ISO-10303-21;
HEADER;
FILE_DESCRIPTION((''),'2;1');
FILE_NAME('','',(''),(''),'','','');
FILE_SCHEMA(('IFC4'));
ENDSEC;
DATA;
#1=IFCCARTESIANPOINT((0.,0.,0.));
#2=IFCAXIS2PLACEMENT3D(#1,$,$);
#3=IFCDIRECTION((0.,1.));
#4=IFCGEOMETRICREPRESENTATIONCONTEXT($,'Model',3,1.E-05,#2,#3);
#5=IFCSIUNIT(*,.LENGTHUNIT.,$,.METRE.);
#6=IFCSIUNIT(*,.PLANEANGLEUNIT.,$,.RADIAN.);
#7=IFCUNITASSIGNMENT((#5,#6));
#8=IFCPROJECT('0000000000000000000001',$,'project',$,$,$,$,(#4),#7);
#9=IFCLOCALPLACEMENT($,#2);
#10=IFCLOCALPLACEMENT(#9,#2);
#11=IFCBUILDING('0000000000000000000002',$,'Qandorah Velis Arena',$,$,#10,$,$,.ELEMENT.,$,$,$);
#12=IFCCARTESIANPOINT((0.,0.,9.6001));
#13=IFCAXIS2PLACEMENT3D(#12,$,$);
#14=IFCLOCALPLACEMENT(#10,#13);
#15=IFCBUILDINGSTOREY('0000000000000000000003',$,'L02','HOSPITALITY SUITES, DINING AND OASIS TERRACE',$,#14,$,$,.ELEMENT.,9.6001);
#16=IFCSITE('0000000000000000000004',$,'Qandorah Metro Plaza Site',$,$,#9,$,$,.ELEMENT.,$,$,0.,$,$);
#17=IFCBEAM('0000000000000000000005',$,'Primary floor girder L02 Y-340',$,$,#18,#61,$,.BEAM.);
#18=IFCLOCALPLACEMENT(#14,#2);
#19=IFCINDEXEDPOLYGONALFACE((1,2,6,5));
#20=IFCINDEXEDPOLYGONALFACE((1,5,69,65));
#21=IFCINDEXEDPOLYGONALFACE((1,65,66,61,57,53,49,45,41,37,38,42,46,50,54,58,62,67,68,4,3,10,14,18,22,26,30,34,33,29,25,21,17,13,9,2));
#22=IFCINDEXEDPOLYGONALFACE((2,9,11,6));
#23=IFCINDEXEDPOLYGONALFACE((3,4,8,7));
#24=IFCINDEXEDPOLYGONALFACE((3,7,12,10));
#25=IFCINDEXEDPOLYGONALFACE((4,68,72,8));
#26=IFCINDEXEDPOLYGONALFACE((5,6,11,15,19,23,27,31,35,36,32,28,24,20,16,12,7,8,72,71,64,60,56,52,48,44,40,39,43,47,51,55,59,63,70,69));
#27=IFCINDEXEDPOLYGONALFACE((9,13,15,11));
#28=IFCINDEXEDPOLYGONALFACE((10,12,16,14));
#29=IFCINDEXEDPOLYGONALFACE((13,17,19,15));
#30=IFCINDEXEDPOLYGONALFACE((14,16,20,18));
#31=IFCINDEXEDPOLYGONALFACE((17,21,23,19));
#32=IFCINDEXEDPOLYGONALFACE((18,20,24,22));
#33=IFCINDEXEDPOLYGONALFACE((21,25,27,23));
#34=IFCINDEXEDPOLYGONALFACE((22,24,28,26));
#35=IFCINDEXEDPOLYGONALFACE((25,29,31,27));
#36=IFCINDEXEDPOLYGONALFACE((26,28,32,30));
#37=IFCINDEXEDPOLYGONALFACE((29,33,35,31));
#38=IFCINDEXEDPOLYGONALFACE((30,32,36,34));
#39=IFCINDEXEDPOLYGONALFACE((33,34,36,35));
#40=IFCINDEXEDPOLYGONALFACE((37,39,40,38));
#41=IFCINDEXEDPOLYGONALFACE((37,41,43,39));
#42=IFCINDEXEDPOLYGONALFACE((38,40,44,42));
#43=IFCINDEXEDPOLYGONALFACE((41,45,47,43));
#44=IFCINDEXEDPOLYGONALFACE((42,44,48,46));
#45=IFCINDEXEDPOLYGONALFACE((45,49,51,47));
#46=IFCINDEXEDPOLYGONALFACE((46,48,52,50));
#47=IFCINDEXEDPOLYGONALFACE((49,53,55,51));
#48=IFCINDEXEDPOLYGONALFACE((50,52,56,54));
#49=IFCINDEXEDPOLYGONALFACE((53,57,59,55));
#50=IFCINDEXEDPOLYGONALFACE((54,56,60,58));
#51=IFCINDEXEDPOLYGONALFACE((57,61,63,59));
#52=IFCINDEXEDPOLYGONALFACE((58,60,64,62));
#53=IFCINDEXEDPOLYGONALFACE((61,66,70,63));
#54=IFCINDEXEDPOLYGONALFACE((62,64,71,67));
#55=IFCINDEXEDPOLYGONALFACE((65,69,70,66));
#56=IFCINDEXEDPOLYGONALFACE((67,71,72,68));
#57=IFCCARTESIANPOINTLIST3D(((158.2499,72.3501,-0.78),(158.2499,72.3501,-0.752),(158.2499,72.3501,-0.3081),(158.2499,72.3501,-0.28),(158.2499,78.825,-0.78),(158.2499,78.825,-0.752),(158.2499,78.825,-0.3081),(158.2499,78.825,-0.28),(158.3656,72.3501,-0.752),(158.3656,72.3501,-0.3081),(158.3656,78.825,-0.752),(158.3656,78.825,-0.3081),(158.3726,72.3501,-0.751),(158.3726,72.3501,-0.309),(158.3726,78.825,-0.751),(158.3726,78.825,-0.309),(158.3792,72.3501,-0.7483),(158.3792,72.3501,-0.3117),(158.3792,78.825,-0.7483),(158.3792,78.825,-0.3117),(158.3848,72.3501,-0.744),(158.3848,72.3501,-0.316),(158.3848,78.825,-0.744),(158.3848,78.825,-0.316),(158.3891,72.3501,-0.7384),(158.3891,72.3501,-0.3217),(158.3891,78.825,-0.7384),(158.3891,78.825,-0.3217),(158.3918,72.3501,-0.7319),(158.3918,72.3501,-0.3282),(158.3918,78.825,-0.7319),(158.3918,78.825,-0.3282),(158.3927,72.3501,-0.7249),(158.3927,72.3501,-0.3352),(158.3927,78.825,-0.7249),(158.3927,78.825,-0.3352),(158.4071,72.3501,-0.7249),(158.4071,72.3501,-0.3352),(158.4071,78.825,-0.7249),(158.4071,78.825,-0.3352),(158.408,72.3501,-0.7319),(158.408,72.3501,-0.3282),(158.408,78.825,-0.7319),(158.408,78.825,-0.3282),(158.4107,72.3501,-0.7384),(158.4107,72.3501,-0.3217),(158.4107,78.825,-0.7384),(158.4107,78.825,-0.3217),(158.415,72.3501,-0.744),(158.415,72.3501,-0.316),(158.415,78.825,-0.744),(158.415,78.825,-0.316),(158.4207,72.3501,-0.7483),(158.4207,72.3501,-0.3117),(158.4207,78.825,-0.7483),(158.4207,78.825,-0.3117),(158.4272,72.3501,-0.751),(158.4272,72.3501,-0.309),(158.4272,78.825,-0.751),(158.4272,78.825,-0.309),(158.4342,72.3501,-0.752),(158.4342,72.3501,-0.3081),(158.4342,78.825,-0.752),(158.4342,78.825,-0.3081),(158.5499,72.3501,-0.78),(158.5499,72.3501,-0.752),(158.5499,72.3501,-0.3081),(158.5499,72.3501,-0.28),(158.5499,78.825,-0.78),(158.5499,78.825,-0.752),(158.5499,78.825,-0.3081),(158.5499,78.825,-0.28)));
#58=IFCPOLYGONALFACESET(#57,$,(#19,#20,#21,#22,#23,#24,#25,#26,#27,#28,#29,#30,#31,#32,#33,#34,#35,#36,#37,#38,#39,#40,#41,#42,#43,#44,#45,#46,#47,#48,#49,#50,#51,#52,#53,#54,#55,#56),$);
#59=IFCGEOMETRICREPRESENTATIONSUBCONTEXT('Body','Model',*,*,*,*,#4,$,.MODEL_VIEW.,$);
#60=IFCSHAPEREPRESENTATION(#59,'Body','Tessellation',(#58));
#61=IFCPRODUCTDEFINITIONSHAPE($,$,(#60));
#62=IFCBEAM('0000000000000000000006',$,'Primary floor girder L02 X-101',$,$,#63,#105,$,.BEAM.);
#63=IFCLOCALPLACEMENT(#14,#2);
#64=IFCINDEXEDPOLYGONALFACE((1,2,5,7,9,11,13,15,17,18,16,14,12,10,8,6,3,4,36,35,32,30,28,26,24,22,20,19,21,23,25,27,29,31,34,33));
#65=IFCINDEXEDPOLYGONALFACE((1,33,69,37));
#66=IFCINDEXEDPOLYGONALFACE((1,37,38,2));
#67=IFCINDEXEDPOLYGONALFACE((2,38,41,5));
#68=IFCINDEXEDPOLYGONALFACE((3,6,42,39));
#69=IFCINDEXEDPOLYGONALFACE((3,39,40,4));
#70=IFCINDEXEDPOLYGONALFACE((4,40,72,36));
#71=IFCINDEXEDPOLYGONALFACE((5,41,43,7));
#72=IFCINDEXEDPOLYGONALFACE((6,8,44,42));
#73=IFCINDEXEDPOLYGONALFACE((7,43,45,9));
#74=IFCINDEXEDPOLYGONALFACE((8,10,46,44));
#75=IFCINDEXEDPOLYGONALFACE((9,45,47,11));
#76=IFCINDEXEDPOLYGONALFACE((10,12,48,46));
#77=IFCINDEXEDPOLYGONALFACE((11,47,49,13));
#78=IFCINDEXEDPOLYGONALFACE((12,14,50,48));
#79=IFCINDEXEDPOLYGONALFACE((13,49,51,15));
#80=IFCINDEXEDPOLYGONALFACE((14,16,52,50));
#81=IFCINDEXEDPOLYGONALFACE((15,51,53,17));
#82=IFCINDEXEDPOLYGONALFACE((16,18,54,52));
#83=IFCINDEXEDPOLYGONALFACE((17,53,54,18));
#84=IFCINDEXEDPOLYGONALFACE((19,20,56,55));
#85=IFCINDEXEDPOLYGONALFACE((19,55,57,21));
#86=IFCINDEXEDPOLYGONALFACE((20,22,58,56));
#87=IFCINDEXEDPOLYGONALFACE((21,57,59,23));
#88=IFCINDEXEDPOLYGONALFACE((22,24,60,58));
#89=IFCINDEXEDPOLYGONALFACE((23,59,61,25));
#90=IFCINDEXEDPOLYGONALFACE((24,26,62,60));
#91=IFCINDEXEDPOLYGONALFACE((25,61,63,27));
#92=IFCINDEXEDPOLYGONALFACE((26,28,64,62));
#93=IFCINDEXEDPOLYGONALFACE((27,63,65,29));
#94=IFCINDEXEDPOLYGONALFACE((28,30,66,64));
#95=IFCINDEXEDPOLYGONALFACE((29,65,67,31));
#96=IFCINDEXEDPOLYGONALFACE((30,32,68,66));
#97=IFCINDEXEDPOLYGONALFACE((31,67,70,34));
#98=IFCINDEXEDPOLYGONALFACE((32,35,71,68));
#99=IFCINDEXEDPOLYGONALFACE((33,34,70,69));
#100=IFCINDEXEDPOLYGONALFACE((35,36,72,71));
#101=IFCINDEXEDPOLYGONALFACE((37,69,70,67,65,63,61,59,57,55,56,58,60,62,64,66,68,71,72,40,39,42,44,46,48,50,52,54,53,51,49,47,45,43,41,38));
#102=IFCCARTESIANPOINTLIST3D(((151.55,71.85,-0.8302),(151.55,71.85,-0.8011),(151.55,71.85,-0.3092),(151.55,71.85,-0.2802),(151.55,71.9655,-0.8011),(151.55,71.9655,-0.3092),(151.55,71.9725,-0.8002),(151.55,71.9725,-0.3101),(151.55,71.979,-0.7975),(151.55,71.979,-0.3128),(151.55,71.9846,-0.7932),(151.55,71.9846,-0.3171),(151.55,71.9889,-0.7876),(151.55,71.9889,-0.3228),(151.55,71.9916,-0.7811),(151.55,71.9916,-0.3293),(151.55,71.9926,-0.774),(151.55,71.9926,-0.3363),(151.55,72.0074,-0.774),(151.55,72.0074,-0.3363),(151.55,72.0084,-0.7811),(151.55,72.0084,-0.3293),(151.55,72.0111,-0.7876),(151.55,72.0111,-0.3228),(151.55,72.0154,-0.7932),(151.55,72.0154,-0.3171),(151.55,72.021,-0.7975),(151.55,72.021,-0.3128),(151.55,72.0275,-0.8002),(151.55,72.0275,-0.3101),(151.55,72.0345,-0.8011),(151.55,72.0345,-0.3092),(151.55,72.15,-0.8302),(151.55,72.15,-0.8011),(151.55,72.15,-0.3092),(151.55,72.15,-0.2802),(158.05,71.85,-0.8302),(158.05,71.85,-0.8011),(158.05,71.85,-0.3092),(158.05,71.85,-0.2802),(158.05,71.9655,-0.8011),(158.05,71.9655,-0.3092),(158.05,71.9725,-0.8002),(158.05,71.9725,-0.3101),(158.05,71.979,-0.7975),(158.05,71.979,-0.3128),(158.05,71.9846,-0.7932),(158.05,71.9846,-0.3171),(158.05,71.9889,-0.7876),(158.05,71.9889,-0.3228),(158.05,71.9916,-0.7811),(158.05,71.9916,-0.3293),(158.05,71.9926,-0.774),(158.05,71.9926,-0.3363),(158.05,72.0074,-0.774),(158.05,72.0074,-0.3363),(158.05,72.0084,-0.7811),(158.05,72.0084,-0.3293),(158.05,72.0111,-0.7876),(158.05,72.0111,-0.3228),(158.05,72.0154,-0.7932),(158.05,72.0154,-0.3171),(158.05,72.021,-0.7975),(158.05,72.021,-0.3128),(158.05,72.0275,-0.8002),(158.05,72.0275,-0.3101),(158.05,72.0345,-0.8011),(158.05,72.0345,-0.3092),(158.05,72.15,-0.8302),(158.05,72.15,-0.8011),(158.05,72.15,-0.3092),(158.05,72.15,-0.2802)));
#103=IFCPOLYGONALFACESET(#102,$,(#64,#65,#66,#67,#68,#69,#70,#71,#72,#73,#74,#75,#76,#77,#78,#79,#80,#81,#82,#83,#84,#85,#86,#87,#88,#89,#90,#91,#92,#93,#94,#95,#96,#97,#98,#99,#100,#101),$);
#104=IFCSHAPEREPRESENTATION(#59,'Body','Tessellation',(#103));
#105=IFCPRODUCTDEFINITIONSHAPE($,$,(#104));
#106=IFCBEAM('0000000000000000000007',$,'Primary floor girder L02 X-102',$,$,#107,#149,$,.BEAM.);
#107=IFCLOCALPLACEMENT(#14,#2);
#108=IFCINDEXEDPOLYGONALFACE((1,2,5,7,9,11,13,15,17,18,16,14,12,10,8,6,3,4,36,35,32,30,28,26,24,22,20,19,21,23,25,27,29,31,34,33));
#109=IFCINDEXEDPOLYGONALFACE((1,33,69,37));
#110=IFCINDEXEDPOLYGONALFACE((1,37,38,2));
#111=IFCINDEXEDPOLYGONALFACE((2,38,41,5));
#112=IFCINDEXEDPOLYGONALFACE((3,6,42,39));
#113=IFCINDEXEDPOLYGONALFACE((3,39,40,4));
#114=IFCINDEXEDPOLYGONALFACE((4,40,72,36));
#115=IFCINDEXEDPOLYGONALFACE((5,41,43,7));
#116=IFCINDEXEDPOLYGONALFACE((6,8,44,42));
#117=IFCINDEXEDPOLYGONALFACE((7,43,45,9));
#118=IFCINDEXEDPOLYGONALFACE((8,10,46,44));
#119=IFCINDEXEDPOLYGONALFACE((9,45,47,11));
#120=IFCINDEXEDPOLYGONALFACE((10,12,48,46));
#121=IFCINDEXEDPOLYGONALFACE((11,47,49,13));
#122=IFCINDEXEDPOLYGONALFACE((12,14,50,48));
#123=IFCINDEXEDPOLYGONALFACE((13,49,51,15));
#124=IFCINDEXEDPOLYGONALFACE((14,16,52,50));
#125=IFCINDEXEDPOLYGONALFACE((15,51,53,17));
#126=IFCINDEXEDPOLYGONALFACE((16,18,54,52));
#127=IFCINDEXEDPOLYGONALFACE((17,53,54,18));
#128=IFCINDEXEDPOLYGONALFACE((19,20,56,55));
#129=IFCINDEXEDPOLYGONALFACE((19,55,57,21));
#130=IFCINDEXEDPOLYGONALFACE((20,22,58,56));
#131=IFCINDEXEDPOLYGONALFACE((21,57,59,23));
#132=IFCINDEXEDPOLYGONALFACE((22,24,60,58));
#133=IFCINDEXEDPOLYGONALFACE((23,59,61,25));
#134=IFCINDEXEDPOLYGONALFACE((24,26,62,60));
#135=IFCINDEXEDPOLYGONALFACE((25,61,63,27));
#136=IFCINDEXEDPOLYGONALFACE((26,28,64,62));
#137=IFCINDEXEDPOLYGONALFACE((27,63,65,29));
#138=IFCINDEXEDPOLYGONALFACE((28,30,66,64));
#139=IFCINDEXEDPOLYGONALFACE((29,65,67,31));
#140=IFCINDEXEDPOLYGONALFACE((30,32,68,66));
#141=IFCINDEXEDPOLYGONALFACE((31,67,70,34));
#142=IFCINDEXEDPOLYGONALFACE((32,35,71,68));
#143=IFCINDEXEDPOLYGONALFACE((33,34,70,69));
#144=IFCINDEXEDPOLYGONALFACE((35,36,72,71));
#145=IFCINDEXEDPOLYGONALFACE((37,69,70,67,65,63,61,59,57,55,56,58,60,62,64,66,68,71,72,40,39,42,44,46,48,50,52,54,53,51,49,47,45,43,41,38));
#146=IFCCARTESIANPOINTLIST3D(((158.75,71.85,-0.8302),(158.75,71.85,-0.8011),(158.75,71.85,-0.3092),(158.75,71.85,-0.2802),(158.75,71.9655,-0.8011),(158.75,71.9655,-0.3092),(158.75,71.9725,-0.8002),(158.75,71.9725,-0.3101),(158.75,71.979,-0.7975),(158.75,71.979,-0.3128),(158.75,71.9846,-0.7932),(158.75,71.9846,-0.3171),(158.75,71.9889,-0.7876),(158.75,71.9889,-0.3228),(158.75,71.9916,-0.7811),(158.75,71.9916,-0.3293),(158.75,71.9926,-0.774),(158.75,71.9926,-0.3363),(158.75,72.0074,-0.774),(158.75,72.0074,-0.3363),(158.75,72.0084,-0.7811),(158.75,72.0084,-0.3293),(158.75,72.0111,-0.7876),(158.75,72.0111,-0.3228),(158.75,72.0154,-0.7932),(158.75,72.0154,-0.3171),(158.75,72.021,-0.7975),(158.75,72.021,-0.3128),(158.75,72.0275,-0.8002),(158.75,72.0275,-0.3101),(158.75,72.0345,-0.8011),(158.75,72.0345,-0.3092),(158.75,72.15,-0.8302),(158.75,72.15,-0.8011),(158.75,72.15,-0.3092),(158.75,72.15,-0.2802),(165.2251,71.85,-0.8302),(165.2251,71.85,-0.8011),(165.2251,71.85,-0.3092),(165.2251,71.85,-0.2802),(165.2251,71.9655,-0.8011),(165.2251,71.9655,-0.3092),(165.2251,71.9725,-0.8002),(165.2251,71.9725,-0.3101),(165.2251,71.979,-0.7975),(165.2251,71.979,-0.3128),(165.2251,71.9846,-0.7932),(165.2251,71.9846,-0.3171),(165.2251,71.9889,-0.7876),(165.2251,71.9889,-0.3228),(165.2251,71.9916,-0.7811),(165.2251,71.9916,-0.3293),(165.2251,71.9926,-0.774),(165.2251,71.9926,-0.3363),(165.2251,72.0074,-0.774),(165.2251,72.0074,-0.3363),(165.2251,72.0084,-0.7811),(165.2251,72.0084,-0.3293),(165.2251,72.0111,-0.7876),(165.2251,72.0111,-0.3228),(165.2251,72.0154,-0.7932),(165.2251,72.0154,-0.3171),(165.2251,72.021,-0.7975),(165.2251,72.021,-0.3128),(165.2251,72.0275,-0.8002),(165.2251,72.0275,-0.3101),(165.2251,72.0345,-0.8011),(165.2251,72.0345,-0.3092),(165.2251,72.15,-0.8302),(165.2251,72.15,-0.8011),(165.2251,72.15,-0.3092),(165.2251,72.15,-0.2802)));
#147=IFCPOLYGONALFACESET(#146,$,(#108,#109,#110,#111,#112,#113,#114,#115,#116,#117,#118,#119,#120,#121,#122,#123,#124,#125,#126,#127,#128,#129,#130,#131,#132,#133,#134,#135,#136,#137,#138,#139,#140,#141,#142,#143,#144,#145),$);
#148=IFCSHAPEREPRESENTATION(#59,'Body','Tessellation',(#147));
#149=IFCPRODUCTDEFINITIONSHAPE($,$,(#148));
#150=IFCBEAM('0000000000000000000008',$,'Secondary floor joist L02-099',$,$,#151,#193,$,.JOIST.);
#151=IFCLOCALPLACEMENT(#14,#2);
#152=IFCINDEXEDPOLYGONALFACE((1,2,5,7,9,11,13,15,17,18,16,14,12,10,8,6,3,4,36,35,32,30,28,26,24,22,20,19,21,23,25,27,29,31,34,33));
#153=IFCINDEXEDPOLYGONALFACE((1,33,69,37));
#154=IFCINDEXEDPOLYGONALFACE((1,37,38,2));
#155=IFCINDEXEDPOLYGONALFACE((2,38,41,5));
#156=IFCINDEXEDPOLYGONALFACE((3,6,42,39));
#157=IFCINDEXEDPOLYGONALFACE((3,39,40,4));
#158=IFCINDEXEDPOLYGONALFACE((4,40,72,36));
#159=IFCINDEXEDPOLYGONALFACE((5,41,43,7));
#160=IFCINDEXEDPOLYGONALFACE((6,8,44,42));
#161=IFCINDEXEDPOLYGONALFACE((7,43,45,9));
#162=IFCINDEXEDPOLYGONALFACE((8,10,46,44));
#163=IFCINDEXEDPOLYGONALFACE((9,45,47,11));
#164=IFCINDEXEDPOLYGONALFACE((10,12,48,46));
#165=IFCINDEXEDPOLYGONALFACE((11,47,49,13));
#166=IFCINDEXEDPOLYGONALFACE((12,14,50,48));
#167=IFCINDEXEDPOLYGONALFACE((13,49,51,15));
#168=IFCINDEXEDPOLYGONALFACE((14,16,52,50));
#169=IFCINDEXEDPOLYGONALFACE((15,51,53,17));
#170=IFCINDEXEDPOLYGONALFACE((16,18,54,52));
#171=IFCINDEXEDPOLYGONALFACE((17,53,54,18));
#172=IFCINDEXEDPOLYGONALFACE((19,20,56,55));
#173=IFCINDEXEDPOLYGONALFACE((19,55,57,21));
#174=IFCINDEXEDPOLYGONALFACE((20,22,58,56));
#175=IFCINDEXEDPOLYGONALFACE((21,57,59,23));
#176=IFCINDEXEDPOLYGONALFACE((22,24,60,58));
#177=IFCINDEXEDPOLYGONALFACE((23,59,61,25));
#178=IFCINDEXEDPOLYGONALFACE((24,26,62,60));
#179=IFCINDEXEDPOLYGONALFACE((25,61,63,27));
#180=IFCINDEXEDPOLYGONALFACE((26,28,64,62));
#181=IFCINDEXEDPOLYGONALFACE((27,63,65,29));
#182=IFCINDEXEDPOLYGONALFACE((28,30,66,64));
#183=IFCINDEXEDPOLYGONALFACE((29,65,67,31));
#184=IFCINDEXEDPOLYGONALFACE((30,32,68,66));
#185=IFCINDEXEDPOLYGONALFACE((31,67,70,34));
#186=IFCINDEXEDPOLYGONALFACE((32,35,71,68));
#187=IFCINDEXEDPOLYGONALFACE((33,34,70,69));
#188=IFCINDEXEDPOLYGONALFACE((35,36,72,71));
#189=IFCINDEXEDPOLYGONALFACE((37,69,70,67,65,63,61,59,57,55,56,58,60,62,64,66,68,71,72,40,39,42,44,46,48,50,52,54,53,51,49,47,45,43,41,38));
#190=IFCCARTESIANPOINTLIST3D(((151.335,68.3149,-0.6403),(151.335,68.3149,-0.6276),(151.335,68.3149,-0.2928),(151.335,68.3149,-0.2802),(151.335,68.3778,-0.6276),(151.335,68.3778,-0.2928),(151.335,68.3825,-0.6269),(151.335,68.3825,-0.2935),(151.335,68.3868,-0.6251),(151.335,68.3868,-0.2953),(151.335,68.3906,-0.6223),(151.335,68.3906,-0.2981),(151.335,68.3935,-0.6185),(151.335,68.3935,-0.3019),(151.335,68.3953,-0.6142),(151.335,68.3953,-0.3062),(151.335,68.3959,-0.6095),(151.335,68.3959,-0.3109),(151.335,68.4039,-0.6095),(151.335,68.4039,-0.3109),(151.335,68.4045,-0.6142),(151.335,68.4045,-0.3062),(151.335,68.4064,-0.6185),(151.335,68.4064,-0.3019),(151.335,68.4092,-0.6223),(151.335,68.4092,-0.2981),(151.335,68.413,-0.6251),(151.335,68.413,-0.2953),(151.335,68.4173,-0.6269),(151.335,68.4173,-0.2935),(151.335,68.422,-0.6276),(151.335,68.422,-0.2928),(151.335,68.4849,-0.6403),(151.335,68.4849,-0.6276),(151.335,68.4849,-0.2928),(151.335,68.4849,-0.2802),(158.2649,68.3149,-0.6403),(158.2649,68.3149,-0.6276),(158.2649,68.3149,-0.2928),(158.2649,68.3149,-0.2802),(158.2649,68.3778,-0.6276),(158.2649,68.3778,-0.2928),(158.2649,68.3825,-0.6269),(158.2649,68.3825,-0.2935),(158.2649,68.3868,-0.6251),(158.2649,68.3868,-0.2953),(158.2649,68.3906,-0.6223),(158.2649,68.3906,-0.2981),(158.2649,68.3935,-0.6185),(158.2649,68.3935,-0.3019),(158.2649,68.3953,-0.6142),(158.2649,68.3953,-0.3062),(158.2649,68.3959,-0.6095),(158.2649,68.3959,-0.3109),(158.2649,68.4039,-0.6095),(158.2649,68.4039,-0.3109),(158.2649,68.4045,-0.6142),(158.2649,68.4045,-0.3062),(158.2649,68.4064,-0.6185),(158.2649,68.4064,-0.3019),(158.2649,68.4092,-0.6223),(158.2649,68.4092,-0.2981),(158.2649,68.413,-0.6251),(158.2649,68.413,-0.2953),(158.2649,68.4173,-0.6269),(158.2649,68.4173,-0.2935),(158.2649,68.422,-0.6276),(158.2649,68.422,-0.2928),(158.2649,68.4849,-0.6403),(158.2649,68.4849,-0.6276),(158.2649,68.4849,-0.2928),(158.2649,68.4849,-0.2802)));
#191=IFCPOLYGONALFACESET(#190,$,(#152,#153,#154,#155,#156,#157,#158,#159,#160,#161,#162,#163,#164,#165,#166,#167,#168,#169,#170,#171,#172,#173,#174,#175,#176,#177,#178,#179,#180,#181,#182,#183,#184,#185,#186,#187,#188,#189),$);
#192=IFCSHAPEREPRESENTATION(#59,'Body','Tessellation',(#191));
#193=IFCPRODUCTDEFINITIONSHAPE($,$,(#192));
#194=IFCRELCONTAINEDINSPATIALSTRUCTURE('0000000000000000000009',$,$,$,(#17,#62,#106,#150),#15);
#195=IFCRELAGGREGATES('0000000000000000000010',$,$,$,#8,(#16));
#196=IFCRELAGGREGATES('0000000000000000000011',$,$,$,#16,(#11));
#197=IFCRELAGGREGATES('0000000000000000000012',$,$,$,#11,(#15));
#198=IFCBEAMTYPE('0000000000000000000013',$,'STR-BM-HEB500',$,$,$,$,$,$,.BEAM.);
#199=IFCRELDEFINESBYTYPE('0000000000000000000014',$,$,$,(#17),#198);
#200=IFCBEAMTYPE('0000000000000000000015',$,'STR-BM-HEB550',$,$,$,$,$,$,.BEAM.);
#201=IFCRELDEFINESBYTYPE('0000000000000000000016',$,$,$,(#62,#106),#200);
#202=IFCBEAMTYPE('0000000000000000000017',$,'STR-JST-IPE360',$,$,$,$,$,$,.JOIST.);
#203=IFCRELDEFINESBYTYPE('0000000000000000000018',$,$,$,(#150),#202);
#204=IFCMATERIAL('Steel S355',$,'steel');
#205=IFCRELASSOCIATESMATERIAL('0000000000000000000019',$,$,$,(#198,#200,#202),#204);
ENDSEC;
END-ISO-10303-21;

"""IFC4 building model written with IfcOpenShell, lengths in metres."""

from ifc_helpers import new_model, si_unit, direction, frame, origin, origin_2d, place, context, subcontext, project, spatial, i_section, extrude, material, material_profile, profile_set, type_object, element, save


model = new_model("IFC4")

# Units and contexts
model_context = context("Model", 3, precision=1e-05, world=origin(), true_north=direction((0.0, 1.0)))
body_context = subcontext(model_context, "Body", "Model", "MODEL_VIEW")
ifc_project = project(units=[si_unit("LENGTHUNIT", "METRE"), si_unit("PLANEANGLEUNIT", "RADIAN")], contexts=[model_context])

# Site, building, storey
site_placement = place(None, origin())
site = spatial("IfcSite", under=ifc_project, at=site_placement, Name="Qandorah Metro Plaza Site", CompositionType="ELEMENT", RefElevation=0.0)
building_placement = place(site_placement, origin())
building = spatial("IfcBuilding", under=site, at=building_placement, Name="Qandorah Velis Arena", CompositionType="ELEMENT")
storey_placement = place(building_placement, frame((0.0, 0.0, 9.6001)))
storey = spatial("IfcBuildingStorey", under=building, at=storey_placement, Name="L02", Description="HOSPITALITY SUITES, DINING AND OASIS TERRACE", CompositionType="ELEMENT", Elevation=9.6001)

# Beams
ifc_material_1 = material(Name="Steel S355", Category="steel")
ifc_material_profile_1 = material_profile(ifc_material_1, i_section(OverallWidth=0.3, OverallDepth=0.5, WebThickness=0.0144, FlangeThickness=0.0281, FilletRadius=0.0271, at=origin_2d()), Name="HEB 500")
ifc_profile_set_1 = profile_set([ifc_material_profile_1], Name="Steel S355")
beam_type_1 = type_object("IfcBeamType", Name="STR-BM-HEB500", PredefinedType="BEAM", material=ifc_profile_set_1)
beam_1_placement = place(storey_placement, frame((158.3999, 72.3501, -0.53), z_axis=(0.0, 1.0, 0.0), x_axis=(-1.0, 0.0, 0.0)))
element("IfcBeam", 1, at=beam_1_placement, inside=storey, type_object=beam_type_1, Name="Primary floor girder L02 Y-340", PredefinedType="BEAM", context=body_context, shape_type="SweptSolid", body=[
    extrude(i_section(OverallWidth=0.3, OverallDepth=0.5, WebThickness=0.0144, FlangeThickness=0.0281, FilletRadius=0.0271, at=origin_2d()), origin(), (0.0, 0.0, 1.0), 6.4749),
])
ifc_material_profile_2 = material_profile(ifc_material_1, i_section(OverallWidth=0.3, OverallDepth=0.55, WebThickness=0.0149, FlangeThickness=0.0291, FilletRadius=0.0271, at=origin_2d()), Name="HEB 550")
ifc_profile_set_2 = profile_set([ifc_material_profile_2], Name="Steel S355")
beam_type_2 = type_object("IfcBeamType", Name="STR-BM-HEB550", PredefinedType="BEAM", material=ifc_profile_set_2)
beam_2_placement = place(storey_placement, frame((151.55, 72.0, -0.5552), z_axis=(1.0, 0.0, 0.0), x_axis=(0.0, 1.0, 0.0)))
element("IfcBeam", 2, at=beam_2_placement, inside=storey, type_object=beam_type_2, Name="Primary floor girder L02 X-101", PredefinedType="BEAM", context=body_context, shape_type="SweptSolid", body=[
    extrude(i_section(OverallWidth=0.3, OverallDepth=0.55, WebThickness=0.0149, FlangeThickness=0.0291, FilletRadius=0.0271, at=origin_2d()), origin(), (0.0, 0.0, 1.0), 6.5),
])
beam_3_placement = place(storey_placement, frame((158.75, 72.0, -0.5552), z_axis=(1.0, 0.0, 0.0), x_axis=(0.0, 1.0, 0.0)))
element("IfcBeam", 3, at=beam_3_placement, inside=storey, type_object=beam_type_2, Name="Primary floor girder L02 X-102", PredefinedType="BEAM", context=body_context, shape_type="SweptSolid", body=[
    extrude(i_section(OverallWidth=0.3, OverallDepth=0.55, WebThickness=0.0149, FlangeThickness=0.0291, FilletRadius=0.0271, at=origin_2d()), origin(), (0.0, 0.0, 1.0), 6.4751),
])
ifc_material_profile_3 = material_profile(ifc_material_1, i_section(OverallWidth=0.1699, OverallDepth=0.3601, WebThickness=0.0081, FlangeThickness=0.0127, FilletRadius=0.0181, at=origin_2d()), Name="IPE 360")
ifc_profile_set_3 = profile_set([ifc_material_profile_3], Name="Steel S355")
beam_type_3 = type_object("IfcBeamType", Name="STR-JST-IPE360", PredefinedType="JOIST", material=ifc_profile_set_3)
beam_4_placement = place(storey_placement, frame((151.335, 68.3999, -0.4602), z_axis=(1.0, 0.0, 0.0), x_axis=(0.0, 1.0, 0.0)))
element("IfcBeam", 4, at=beam_4_placement, inside=storey, type_object=beam_type_3, Name="Secondary floor joist L02-099", PredefinedType="JOIST", context=body_context, shape_type="SweptSolid", body=[
    extrude(i_section(OverallWidth=0.1699, OverallDepth=0.3601, WebThickness=0.0081, FlangeThickness=0.0127, FilletRadius=0.0181, at=origin_2d()), origin(), (0.0, 0.0, 1.0), 6.9299),
])

save(model, "model.ifc")
